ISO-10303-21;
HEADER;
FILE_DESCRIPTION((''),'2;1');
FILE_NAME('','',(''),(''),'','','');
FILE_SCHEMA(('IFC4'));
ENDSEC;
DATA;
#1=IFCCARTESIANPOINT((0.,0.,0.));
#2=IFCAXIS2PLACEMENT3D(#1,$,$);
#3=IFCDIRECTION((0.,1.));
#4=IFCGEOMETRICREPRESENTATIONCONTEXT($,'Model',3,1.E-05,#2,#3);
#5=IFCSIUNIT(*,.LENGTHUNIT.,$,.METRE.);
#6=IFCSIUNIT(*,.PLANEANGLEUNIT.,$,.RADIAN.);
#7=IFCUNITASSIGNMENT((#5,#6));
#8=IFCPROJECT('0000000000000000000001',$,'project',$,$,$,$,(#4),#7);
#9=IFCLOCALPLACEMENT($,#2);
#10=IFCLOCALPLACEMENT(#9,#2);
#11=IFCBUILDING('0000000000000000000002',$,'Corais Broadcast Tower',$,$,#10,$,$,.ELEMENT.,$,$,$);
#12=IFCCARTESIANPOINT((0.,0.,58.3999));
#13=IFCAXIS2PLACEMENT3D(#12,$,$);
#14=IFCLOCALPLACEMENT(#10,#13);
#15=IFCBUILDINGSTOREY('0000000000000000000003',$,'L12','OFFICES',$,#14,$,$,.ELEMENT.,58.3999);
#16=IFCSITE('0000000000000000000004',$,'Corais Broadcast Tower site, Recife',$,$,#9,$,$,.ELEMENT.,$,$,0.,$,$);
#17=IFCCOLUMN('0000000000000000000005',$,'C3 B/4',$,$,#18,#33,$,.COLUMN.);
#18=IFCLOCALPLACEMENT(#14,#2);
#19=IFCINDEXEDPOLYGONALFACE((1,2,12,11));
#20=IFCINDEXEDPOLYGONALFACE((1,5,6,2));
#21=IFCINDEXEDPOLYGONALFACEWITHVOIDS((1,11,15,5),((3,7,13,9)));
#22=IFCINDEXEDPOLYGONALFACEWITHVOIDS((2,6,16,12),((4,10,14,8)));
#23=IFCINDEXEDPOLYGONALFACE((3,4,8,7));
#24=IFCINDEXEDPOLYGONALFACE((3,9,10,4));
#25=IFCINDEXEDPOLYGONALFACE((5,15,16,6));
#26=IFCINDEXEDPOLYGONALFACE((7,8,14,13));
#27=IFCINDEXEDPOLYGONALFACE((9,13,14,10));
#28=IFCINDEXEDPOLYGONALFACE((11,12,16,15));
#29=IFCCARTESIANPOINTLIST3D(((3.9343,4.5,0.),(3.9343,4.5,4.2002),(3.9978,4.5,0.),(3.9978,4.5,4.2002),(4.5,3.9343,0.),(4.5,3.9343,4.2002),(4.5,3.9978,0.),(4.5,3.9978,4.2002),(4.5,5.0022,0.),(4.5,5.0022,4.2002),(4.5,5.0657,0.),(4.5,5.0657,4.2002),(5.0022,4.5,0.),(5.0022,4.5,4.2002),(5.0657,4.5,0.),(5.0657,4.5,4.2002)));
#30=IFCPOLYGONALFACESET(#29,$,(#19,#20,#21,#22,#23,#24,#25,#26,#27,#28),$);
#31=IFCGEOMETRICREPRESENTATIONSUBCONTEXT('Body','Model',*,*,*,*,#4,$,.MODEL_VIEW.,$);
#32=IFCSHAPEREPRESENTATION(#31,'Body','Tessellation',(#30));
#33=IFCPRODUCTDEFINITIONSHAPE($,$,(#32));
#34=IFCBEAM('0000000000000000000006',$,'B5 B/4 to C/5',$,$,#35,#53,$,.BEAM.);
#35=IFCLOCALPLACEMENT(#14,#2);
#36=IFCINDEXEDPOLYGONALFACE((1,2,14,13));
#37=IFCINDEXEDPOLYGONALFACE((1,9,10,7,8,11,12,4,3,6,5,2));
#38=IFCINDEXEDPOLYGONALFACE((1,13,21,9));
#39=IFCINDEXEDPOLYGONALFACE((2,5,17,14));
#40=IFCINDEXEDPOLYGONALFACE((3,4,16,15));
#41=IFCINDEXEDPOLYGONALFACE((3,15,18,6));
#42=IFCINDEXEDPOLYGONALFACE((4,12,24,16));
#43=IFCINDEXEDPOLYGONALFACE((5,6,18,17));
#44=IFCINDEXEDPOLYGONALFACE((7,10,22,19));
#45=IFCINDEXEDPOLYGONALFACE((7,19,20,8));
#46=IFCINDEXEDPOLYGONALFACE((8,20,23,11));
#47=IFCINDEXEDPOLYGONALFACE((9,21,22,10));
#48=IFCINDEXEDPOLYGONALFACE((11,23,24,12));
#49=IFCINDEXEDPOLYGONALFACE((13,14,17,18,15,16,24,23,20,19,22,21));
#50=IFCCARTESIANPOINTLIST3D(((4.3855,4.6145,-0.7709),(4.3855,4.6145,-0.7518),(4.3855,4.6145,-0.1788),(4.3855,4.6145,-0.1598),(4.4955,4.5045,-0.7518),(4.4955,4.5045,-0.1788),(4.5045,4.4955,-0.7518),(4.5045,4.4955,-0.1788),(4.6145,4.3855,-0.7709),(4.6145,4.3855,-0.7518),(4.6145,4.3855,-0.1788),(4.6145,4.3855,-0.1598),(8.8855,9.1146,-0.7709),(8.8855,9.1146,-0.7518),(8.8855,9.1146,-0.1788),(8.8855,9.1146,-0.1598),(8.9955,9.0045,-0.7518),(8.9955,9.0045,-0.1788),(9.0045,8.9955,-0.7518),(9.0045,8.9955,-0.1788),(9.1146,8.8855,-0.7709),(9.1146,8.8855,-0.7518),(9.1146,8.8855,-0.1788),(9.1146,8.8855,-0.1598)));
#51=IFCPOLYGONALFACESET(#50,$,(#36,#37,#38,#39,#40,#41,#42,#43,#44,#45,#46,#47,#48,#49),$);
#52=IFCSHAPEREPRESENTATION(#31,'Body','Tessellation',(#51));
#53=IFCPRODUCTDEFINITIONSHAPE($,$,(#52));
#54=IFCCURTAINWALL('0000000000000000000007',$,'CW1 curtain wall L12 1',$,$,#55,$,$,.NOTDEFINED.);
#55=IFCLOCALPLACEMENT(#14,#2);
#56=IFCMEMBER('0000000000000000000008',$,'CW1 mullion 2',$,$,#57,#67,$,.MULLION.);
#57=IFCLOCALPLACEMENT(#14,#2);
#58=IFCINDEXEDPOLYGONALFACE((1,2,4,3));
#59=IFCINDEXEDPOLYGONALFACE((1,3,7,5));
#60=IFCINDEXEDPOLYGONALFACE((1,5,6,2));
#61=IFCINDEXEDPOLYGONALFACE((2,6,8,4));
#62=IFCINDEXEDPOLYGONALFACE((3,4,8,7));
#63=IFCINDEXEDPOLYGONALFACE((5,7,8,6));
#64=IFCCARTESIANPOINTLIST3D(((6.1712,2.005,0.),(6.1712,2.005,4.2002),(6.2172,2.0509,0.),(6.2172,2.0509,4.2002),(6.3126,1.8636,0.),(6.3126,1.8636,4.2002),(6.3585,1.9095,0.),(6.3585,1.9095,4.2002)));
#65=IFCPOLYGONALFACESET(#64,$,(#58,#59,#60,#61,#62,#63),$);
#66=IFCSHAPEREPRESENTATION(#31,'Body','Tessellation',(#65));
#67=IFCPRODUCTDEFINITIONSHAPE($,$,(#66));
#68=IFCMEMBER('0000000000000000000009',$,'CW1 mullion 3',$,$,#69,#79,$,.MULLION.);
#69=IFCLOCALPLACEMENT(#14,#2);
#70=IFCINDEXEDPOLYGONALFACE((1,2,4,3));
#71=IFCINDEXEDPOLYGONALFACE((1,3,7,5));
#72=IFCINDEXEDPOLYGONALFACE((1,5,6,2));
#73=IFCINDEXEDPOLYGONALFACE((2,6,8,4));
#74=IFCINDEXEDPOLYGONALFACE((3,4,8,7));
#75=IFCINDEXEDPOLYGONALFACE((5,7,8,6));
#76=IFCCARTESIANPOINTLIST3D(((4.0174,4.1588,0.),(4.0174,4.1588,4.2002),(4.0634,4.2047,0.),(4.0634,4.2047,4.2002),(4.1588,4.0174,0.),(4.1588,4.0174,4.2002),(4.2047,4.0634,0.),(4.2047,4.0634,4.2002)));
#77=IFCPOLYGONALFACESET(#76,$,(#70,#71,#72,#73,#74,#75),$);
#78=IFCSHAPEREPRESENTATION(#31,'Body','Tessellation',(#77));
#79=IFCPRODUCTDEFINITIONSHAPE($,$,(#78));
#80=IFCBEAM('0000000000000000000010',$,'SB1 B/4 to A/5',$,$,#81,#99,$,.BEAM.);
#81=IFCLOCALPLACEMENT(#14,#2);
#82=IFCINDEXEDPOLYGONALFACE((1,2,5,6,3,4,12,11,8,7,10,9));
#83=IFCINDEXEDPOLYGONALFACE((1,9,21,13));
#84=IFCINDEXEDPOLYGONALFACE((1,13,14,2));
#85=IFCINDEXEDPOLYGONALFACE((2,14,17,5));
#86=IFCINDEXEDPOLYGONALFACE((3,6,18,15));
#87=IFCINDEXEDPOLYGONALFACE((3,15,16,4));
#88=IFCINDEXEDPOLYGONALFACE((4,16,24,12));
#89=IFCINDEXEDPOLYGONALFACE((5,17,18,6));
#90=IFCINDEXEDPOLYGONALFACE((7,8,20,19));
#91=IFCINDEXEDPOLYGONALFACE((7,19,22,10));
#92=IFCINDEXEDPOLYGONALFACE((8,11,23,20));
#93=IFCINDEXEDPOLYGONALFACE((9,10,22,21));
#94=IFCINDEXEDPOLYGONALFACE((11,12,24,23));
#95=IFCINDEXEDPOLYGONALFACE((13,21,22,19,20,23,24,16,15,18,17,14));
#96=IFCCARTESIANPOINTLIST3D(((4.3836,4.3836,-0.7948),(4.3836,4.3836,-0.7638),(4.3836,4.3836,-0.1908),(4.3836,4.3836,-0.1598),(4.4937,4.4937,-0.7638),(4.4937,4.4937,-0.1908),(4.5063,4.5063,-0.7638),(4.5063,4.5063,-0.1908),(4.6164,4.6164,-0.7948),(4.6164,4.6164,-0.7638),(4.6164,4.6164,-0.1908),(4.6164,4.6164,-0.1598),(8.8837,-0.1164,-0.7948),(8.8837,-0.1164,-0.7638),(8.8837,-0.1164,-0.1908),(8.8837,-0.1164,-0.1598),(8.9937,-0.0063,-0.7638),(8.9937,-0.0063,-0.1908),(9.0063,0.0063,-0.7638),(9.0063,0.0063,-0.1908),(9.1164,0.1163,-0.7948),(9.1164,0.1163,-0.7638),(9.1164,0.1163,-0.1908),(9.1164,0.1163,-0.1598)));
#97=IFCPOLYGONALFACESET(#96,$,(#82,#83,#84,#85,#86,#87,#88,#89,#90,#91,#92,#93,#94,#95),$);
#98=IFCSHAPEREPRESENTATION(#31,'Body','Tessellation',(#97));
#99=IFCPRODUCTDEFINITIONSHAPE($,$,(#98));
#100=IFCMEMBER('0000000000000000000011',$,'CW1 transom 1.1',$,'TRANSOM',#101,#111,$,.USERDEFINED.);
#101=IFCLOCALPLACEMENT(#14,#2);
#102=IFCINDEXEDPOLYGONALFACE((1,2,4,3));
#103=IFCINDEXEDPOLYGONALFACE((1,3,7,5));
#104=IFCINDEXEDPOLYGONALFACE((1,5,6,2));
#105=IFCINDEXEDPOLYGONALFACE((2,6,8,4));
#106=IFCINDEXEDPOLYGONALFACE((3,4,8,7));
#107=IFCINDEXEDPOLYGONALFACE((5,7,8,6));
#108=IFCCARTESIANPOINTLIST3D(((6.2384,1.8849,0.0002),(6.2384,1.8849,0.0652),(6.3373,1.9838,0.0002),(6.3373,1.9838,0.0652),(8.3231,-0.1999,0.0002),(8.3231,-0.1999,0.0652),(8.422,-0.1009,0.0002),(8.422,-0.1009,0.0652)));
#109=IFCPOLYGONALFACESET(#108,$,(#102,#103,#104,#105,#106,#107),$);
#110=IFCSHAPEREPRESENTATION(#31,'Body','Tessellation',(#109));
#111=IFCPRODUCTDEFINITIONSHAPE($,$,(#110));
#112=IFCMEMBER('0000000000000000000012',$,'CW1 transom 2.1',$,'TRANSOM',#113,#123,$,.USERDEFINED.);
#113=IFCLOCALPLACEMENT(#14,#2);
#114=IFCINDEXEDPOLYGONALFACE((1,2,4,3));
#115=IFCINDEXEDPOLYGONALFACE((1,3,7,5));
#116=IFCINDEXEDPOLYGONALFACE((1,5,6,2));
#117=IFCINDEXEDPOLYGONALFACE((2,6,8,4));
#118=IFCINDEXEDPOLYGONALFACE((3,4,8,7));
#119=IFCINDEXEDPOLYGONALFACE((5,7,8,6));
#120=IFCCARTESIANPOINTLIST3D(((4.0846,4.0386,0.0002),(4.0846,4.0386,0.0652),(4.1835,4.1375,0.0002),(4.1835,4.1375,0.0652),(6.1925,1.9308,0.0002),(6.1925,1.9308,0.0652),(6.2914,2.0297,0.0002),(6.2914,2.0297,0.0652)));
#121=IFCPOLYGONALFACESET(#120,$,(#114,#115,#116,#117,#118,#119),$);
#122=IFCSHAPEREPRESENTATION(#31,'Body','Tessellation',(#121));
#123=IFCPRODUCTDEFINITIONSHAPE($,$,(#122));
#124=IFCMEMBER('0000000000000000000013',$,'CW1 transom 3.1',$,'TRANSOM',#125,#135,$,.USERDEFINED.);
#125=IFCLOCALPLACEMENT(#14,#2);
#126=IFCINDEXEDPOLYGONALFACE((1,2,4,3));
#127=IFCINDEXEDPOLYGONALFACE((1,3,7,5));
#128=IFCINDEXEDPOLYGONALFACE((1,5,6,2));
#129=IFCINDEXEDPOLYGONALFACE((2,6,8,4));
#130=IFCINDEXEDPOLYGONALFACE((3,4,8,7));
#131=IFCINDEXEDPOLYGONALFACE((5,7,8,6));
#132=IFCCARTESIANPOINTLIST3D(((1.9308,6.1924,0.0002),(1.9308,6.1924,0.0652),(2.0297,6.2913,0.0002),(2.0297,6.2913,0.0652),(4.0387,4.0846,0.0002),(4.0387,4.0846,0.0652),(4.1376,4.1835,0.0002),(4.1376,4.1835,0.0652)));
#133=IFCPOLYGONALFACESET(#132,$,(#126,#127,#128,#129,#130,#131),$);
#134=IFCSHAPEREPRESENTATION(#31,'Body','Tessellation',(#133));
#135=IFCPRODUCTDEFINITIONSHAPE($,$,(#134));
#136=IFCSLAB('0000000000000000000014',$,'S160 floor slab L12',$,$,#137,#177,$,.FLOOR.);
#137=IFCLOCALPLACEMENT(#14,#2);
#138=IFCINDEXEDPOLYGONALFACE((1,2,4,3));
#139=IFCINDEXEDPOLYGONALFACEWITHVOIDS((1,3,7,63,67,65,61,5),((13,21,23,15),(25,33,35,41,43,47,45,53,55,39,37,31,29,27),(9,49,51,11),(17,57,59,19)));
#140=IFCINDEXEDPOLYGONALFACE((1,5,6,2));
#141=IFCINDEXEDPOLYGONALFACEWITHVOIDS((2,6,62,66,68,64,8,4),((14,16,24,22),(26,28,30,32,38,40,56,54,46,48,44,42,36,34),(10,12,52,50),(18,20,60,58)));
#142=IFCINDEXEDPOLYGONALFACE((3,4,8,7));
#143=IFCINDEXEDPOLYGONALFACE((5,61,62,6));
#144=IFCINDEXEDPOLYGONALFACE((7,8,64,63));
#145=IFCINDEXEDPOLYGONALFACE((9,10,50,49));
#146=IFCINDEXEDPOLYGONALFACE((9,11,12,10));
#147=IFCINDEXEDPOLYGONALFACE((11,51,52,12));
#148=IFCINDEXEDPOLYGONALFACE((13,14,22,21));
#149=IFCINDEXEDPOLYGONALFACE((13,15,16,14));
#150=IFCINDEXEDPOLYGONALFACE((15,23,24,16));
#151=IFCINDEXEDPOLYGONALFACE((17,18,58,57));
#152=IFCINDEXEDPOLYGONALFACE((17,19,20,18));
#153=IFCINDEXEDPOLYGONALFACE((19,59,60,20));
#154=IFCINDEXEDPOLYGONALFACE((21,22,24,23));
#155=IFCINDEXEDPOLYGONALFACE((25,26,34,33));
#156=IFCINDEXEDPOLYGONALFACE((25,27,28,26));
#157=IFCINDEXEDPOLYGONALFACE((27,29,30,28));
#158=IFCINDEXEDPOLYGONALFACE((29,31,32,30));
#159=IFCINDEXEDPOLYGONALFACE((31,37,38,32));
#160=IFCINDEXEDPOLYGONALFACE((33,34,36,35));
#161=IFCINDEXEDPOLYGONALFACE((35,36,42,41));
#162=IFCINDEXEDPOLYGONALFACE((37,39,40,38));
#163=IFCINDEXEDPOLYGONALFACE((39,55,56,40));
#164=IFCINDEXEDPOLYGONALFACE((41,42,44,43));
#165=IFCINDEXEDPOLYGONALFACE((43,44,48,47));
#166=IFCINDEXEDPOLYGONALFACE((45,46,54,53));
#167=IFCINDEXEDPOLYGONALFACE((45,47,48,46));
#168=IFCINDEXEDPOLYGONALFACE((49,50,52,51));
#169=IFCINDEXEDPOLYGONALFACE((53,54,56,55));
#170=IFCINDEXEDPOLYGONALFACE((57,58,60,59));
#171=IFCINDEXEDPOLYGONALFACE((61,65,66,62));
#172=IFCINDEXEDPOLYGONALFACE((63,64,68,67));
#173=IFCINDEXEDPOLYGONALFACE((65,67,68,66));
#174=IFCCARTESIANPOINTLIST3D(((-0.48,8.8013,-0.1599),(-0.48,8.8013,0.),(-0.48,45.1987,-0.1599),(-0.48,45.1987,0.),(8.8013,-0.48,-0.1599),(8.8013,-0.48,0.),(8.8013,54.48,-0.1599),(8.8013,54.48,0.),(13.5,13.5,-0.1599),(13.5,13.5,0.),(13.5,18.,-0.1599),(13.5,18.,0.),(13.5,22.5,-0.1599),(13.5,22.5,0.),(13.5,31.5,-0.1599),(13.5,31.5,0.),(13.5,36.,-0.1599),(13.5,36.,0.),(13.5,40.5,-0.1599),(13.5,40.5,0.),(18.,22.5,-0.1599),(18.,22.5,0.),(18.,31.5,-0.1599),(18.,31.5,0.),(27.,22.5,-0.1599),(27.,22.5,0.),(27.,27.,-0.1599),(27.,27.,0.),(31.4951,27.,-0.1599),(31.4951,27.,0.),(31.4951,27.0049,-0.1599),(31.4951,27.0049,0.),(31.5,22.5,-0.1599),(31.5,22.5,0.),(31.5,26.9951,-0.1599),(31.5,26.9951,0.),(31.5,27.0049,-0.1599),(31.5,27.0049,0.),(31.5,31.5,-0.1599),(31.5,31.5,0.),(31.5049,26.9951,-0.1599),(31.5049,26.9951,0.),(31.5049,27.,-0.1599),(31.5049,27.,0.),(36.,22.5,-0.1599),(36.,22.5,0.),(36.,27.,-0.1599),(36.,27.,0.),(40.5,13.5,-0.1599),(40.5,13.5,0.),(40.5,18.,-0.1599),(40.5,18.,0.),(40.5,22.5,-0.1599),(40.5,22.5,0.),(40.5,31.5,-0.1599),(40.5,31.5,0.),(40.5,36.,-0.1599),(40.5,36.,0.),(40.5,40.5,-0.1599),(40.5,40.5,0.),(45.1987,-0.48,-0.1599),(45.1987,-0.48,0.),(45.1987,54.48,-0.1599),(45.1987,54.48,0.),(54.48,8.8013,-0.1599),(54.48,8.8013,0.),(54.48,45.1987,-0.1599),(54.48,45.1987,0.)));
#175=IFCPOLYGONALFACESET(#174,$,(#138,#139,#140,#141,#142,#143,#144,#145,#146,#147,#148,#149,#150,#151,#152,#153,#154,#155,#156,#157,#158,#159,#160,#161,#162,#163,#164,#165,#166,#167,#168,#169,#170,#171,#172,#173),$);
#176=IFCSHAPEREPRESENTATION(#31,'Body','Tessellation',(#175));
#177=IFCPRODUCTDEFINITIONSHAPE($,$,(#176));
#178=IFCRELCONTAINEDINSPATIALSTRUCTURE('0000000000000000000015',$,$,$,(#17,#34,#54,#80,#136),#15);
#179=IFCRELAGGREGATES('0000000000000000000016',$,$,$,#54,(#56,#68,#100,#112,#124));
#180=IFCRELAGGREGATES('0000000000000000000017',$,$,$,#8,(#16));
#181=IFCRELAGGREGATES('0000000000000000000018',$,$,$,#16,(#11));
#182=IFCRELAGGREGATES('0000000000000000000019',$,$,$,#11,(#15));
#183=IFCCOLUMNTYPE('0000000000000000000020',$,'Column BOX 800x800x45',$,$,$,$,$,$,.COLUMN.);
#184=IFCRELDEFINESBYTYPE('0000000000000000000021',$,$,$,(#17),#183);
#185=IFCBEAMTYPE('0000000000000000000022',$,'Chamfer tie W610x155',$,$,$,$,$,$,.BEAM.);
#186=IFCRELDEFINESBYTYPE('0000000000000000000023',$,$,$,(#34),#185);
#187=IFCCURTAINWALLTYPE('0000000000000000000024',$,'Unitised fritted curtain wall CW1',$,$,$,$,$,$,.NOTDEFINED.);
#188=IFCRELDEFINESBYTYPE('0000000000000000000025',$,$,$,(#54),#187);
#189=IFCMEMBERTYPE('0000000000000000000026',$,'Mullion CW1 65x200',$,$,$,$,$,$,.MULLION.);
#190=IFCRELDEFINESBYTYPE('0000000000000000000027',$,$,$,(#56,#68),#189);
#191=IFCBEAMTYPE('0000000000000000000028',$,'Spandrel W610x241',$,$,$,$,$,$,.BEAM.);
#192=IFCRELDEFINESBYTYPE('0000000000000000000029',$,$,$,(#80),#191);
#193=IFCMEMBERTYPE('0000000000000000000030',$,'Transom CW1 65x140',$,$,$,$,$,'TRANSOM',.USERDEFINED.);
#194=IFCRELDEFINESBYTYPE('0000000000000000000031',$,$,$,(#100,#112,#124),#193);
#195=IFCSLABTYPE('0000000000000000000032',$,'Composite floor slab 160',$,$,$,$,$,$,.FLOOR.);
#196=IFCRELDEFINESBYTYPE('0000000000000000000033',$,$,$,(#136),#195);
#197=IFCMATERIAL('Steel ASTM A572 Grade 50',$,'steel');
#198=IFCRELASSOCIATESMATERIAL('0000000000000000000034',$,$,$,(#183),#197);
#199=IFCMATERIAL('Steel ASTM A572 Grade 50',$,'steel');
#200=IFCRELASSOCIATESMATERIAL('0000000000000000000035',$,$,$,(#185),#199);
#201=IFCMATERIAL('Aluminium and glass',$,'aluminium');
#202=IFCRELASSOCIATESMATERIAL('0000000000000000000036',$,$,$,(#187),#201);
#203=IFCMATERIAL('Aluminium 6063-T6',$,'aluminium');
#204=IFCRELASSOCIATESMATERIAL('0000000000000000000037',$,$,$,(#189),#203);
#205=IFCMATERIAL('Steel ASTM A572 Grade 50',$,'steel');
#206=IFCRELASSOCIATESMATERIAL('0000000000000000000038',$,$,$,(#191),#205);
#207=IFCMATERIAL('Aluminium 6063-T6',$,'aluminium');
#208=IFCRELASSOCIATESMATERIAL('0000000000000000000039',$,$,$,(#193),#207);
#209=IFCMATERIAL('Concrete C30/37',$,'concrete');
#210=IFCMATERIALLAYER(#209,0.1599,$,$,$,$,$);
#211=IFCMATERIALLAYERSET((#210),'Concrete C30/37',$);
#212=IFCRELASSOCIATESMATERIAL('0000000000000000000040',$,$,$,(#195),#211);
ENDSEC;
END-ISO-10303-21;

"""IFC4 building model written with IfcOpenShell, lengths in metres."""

from ifc_helpers import new_model, si_unit, direction, frame, origin, origin_2d, place, context, subcontext, project, spatial, polyline, rectangle, hollow_rectangle, i_section, outline, extrude, material, layer, layer_set, material_profile, profile_set, type_object, element, aggregate, save


model = new_model("IFC4")

# Units and contexts
model_context = context("Model", 3, precision=1e-05, world=origin(), true_north=direction((0.0, 1.0)))
body_context = subcontext(model_context, "Body", "Model", "MODEL_VIEW")
ifc_project = project(units=[si_unit("LENGTHUNIT", "METRE"), si_unit("PLANEANGLEUNIT", "RADIAN")], contexts=[model_context])

# Site, building, storey
site_placement = place(None, origin())
site = spatial("IfcSite", under=ifc_project, at=site_placement, Name="Corais Broadcast Tower site, Recife", CompositionType="ELEMENT", RefElevation=0.0)
building_placement = place(site_placement, origin())
building = spatial("IfcBuilding", under=site, at=building_placement, Name="Corais Broadcast Tower", CompositionType="ELEMENT")
storey_placement = place(building_placement, frame((0.0, 0.0, 58.3999)))
storey = spatial("IfcBuildingStorey", under=building, at=storey_placement, Name="L12", Description="OFFICES", CompositionType="ELEMENT", Elevation=58.3999)

# Column
ifc_material_1 = material(Name="Steel ASTM A572 Grade 50", Category="steel")
ifc_material_profile_1 = material_profile(ifc_material_1, hollow_rectangle(XDim=0.8, YDim=0.8, WallThickness=0.0449, at=origin_2d()), Name="BOX 800x800x45")
ifc_profile_set_1 = profile_set([ifc_material_profile_1], Name="Steel ASTM A572 Grade 50")
column_type = type_object("IfcColumnType", Name="Column BOX 800x800x45", PredefinedType="COLUMN", material=ifc_profile_set_1)
column_placement = place(storey_placement, frame((4.5, 4.5, 0.0), z_axis=(0.0, 0.0, 1.0), x_axis=(0.707107, 0.707107, 0.0)))
element("IfcColumn", 1, at=column_placement, inside=storey, type_object=column_type, Name="C3 B/4", PredefinedType="COLUMN", context=body_context, shape_type="SweptSolid", body=[
    extrude(hollow_rectangle(XDim=0.8, YDim=0.8, WallThickness=0.0449, at=origin_2d()), origin(), (0.0, 0.0, 1.0), 4.2002),
])

# Beam
ifc_material_2 = material(Name="Steel ASTM A572 Grade 50", Category="steel")
ifc_material_profile_2 = material_profile(ifc_material_2, i_section(OverallWidth=0.324, OverallDepth=0.6111, WebThickness=0.0127, FlangeThickness=0.019, at=origin_2d()), Name="W610x155")
ifc_profile_set_2 = profile_set([ifc_material_profile_2], Name="Steel ASTM A572 Grade 50")
beam_type_1 = type_object("IfcBeamType", Name="Chamfer tie W610x155", PredefinedType="BEAM", material=ifc_profile_set_2)
beam_1_placement = place(storey_placement, frame((4.5, 4.5, -0.4653), z_axis=(0.707107, 0.707107, 0.0), x_axis=(-0.707107, 0.707107, 0.0)))
element("IfcBeam", 2, at=beam_1_placement, inside=storey, type_object=beam_type_1, Name="B5 B/4 to C/5", PredefinedType="BEAM", context=body_context, shape_type="SweptSolid", body=[
    extrude(i_section(OverallWidth=0.324, OverallDepth=0.6111, WebThickness=0.0127, FlangeThickness=0.019, at=origin_2d()), origin(), (0.0, 0.0, 1.0), 6.364),
])

# Curtain wall, members
ifc_material_3 = material(Name="Aluminium and glass", Category="aluminium")
curtain_wall_type = type_object("IfcCurtainWallType", Name="Unitised fritted curtain wall CW1", PredefinedType="NOTDEFINED", material=ifc_material_3)
curtain_wall_placement = place(storey_placement, origin())
curtain_wall = element("IfcCurtainWall", 3, at=curtain_wall_placement, inside=storey, type_object=curtain_wall_type, Name="CW1 curtain wall L12 1", PredefinedType="NOTDEFINED")
ifc_material_4 = material(Name="Aluminium 6063-T6", Category="aluminium")
ifc_material_profile_3 = material_profile(ifc_material_4, rectangle(XDim=0.0649, YDim=0.2, at=origin_2d()), Name="Mullion CW1 65x200")
ifc_profile_set_3 = profile_set([ifc_material_profile_3], Name="Aluminium 6063-T6")
member_type_1 = type_object("IfcMemberType", Name="Mullion CW1 65x200", PredefinedType="MULLION", material=ifc_profile_set_3)
member_1_placement = place(storey_placement, frame((6.2649, 1.9573, 0.0), z_axis=(0.0, 0.0, 1.0), x_axis=(-0.707107, -0.707107, 0.0)))
member_1 = element("IfcMember", 4, at=member_1_placement, type_object=member_type_1, Name="CW1 mullion 2", PredefinedType="MULLION", context=body_context, shape_type="SweptSolid", body=[
    extrude(rectangle(XDim=0.0649, YDim=0.2, at=origin_2d()), origin(), (0.0, 0.0, 1.0), 4.2002),
])
member_2_placement = place(storey_placement, frame((4.1111, 4.1111, 0.0), z_axis=(0.0, 0.0, 1.0), x_axis=(-0.707107, -0.707107, 0.0)))
member_2 = element("IfcMember", 5, at=member_2_placement, type_object=member_type_1, Name="CW1 mullion 3", PredefinedType="MULLION", context=body_context, shape_type="SweptSolid", body=[
    extrude(rectangle(XDim=0.0649, YDim=0.2, at=origin_2d()), origin(), (0.0, 0.0, 1.0), 4.2002),
])

# Beam
ifc_material_5 = material(Name="Steel ASTM A572 Grade 50", Category="steel")
ifc_material_profile_4 = material_profile(ifc_material_5, i_section(OverallWidth=0.3291, OverallDepth=0.635, WebThickness=0.0178, FlangeThickness=0.031, at=origin_2d()), Name="W610x241")
ifc_profile_set_4 = profile_set([ifc_material_profile_4], Name="Steel ASTM A572 Grade 50")
beam_type_2 = type_object("IfcBeamType", Name="Spandrel W610x241", PredefinedType="BEAM", material=ifc_profile_set_4)
beam_2_placement = place(storey_placement, frame((4.5, 4.5, -0.4773), z_axis=(0.707107, -0.707107, 0.0), x_axis=(0.707107, 0.707107, 0.0)))
element("IfcBeam", 6, at=beam_2_placement, inside=storey, type_object=beam_type_2, Name="SB1 B/4 to A/5", PredefinedType="BEAM", context=body_context, shape_type="SweptSolid", body=[
    extrude(i_section(OverallWidth=0.3291, OverallDepth=0.635, WebThickness=0.0178, FlangeThickness=0.031, at=origin_2d()), origin(), (0.0, 0.0, 1.0), 6.364),
])

# Members
ifc_material_6 = material(Name="Aluminium 6063-T6", Category="aluminium")
ifc_material_profile_5 = material_profile(ifc_material_6, rectangle(XDim=0.1399, YDim=0.0649, at=origin_2d()), Name="Transom CW1 65x140")
ifc_profile_set_5 = profile_set([ifc_material_profile_5], Name="Aluminium 6063-T6")
member_type_2 = type_object("IfcMemberType", Name="Transom CW1 65x140", ElementType="TRANSOM", PredefinedType="USERDEFINED", material=ifc_profile_set_5)
member_3_placement = place(storey_placement, frame((8.3726, -0.1504, 0.0327), z_axis=(-0.707107, 0.707107, 0.0), x_axis=(-0.707107, -0.707107, 0.0)))
member_3 = element("IfcMember", 7, at=member_3_placement, type_object=member_type_2, Name="CW1 transom 1.1", ObjectType="TRANSOM", PredefinedType="USERDEFINED", context=body_context, shape_type="SweptSolid", body=[
    extrude(rectangle(XDim=0.1399, YDim=0.0649, at=origin_2d()), origin(), (0.0, 0.0, 1.0), 2.9482),
])
member_4_placement = place(storey_placement, frame((6.2419, 1.9802, 0.0327), z_axis=(-0.707107, 0.707107, 0.0), x_axis=(-0.707107, -0.707107, 0.0)))
member_4 = element("IfcMember", 8, at=member_4_placement, type_object=member_type_2, Name="CW1 transom 2.1", ObjectType="TRANSOM", PredefinedType="USERDEFINED", context=body_context, shape_type="SweptSolid", body=[
    extrude(rectangle(XDim=0.1399, YDim=0.0649, at=origin_2d()), origin(), (0.0, 0.0, 1.0), 2.981),
])
member_5_placement = place(storey_placement, frame((4.0881, 4.134, 0.0327), z_axis=(-0.707107, 0.707107, 0.0), x_axis=(-0.707107, -0.707107, 0.0)))
member_5 = element("IfcMember", 9, at=member_5_placement, type_object=member_type_2, Name="CW1 transom 3.1", ObjectType="TRANSOM", PredefinedType="USERDEFINED", context=body_context, shape_type="SweptSolid", body=[
    extrude(rectangle(XDim=0.1399, YDim=0.0649, at=origin_2d()), origin(), (0.0, 0.0, 1.0), 2.981),
])

# Slab
ifc_material_7 = material(Name="Concrete C30/37", Category="concrete")
ifc_layer_1 = layer(ifc_material_7, 0.1599)
ifc_layer_set_1 = layer_set([ifc_layer_1], Name="Concrete C30/37")
slab_type_1 = type_object("IfcSlabType", Name="Composite floor slab 160", PredefinedType="FLOOR", material=ifc_layer_set_1)
slab_1_placement = place(storey_placement, frame((0.0, 0.0, -0.1599)))
element("IfcSlab", 10, at=slab_1_placement, inside=storey, type_object=slab_type_1, Name="S160 floor slab L12", PredefinedType="FLOOR", context=body_context, shape_type="SweptSolid", body=[
    extrude(outline(polyline([(8.8013, -0.48), (-0.48, 8.8013), (-0.48, 45.1987), (8.8013, 54.48), (45.1987, 54.48), (54.48, 45.1987), (54.48, 8.8013), (45.1987, -0.48), (8.8013, -0.48)]), holes=[polyline([(13.5, 18.0), (40.5, 18.0), (40.5, 13.5), (13.5, 13.5), (13.5, 18.0)]), polyline([(13.5, 22.5), (13.5, 31.5), (18.0, 31.5), (18.0, 22.5), (13.5, 22.5)]), polyline([(13.5, 40.5), (40.5, 40.5), (40.5, 36.0), (13.5, 36.0), (13.5, 40.5)]), polyline([(27.0, 22.5), (27.0, 27.0), (31.4951, 27.0), (31.4951, 27.0049), (31.5, 27.0049), (31.5, 31.5), (40.5, 31.5), (40.5, 22.5), (36.0, 22.5), (36.0, 27.0), (31.5049, 27.0), (31.5049, 26.9951), (31.5, 26.9951), (31.5, 22.5), (27.0, 22.5)])]), origin(), (0.0, 0.0, 1.0), 0.1599),
])

aggregate(curtain_wall, [member_1, member_2, member_3, member_4, member_5])

save(model, "model.ifc")
